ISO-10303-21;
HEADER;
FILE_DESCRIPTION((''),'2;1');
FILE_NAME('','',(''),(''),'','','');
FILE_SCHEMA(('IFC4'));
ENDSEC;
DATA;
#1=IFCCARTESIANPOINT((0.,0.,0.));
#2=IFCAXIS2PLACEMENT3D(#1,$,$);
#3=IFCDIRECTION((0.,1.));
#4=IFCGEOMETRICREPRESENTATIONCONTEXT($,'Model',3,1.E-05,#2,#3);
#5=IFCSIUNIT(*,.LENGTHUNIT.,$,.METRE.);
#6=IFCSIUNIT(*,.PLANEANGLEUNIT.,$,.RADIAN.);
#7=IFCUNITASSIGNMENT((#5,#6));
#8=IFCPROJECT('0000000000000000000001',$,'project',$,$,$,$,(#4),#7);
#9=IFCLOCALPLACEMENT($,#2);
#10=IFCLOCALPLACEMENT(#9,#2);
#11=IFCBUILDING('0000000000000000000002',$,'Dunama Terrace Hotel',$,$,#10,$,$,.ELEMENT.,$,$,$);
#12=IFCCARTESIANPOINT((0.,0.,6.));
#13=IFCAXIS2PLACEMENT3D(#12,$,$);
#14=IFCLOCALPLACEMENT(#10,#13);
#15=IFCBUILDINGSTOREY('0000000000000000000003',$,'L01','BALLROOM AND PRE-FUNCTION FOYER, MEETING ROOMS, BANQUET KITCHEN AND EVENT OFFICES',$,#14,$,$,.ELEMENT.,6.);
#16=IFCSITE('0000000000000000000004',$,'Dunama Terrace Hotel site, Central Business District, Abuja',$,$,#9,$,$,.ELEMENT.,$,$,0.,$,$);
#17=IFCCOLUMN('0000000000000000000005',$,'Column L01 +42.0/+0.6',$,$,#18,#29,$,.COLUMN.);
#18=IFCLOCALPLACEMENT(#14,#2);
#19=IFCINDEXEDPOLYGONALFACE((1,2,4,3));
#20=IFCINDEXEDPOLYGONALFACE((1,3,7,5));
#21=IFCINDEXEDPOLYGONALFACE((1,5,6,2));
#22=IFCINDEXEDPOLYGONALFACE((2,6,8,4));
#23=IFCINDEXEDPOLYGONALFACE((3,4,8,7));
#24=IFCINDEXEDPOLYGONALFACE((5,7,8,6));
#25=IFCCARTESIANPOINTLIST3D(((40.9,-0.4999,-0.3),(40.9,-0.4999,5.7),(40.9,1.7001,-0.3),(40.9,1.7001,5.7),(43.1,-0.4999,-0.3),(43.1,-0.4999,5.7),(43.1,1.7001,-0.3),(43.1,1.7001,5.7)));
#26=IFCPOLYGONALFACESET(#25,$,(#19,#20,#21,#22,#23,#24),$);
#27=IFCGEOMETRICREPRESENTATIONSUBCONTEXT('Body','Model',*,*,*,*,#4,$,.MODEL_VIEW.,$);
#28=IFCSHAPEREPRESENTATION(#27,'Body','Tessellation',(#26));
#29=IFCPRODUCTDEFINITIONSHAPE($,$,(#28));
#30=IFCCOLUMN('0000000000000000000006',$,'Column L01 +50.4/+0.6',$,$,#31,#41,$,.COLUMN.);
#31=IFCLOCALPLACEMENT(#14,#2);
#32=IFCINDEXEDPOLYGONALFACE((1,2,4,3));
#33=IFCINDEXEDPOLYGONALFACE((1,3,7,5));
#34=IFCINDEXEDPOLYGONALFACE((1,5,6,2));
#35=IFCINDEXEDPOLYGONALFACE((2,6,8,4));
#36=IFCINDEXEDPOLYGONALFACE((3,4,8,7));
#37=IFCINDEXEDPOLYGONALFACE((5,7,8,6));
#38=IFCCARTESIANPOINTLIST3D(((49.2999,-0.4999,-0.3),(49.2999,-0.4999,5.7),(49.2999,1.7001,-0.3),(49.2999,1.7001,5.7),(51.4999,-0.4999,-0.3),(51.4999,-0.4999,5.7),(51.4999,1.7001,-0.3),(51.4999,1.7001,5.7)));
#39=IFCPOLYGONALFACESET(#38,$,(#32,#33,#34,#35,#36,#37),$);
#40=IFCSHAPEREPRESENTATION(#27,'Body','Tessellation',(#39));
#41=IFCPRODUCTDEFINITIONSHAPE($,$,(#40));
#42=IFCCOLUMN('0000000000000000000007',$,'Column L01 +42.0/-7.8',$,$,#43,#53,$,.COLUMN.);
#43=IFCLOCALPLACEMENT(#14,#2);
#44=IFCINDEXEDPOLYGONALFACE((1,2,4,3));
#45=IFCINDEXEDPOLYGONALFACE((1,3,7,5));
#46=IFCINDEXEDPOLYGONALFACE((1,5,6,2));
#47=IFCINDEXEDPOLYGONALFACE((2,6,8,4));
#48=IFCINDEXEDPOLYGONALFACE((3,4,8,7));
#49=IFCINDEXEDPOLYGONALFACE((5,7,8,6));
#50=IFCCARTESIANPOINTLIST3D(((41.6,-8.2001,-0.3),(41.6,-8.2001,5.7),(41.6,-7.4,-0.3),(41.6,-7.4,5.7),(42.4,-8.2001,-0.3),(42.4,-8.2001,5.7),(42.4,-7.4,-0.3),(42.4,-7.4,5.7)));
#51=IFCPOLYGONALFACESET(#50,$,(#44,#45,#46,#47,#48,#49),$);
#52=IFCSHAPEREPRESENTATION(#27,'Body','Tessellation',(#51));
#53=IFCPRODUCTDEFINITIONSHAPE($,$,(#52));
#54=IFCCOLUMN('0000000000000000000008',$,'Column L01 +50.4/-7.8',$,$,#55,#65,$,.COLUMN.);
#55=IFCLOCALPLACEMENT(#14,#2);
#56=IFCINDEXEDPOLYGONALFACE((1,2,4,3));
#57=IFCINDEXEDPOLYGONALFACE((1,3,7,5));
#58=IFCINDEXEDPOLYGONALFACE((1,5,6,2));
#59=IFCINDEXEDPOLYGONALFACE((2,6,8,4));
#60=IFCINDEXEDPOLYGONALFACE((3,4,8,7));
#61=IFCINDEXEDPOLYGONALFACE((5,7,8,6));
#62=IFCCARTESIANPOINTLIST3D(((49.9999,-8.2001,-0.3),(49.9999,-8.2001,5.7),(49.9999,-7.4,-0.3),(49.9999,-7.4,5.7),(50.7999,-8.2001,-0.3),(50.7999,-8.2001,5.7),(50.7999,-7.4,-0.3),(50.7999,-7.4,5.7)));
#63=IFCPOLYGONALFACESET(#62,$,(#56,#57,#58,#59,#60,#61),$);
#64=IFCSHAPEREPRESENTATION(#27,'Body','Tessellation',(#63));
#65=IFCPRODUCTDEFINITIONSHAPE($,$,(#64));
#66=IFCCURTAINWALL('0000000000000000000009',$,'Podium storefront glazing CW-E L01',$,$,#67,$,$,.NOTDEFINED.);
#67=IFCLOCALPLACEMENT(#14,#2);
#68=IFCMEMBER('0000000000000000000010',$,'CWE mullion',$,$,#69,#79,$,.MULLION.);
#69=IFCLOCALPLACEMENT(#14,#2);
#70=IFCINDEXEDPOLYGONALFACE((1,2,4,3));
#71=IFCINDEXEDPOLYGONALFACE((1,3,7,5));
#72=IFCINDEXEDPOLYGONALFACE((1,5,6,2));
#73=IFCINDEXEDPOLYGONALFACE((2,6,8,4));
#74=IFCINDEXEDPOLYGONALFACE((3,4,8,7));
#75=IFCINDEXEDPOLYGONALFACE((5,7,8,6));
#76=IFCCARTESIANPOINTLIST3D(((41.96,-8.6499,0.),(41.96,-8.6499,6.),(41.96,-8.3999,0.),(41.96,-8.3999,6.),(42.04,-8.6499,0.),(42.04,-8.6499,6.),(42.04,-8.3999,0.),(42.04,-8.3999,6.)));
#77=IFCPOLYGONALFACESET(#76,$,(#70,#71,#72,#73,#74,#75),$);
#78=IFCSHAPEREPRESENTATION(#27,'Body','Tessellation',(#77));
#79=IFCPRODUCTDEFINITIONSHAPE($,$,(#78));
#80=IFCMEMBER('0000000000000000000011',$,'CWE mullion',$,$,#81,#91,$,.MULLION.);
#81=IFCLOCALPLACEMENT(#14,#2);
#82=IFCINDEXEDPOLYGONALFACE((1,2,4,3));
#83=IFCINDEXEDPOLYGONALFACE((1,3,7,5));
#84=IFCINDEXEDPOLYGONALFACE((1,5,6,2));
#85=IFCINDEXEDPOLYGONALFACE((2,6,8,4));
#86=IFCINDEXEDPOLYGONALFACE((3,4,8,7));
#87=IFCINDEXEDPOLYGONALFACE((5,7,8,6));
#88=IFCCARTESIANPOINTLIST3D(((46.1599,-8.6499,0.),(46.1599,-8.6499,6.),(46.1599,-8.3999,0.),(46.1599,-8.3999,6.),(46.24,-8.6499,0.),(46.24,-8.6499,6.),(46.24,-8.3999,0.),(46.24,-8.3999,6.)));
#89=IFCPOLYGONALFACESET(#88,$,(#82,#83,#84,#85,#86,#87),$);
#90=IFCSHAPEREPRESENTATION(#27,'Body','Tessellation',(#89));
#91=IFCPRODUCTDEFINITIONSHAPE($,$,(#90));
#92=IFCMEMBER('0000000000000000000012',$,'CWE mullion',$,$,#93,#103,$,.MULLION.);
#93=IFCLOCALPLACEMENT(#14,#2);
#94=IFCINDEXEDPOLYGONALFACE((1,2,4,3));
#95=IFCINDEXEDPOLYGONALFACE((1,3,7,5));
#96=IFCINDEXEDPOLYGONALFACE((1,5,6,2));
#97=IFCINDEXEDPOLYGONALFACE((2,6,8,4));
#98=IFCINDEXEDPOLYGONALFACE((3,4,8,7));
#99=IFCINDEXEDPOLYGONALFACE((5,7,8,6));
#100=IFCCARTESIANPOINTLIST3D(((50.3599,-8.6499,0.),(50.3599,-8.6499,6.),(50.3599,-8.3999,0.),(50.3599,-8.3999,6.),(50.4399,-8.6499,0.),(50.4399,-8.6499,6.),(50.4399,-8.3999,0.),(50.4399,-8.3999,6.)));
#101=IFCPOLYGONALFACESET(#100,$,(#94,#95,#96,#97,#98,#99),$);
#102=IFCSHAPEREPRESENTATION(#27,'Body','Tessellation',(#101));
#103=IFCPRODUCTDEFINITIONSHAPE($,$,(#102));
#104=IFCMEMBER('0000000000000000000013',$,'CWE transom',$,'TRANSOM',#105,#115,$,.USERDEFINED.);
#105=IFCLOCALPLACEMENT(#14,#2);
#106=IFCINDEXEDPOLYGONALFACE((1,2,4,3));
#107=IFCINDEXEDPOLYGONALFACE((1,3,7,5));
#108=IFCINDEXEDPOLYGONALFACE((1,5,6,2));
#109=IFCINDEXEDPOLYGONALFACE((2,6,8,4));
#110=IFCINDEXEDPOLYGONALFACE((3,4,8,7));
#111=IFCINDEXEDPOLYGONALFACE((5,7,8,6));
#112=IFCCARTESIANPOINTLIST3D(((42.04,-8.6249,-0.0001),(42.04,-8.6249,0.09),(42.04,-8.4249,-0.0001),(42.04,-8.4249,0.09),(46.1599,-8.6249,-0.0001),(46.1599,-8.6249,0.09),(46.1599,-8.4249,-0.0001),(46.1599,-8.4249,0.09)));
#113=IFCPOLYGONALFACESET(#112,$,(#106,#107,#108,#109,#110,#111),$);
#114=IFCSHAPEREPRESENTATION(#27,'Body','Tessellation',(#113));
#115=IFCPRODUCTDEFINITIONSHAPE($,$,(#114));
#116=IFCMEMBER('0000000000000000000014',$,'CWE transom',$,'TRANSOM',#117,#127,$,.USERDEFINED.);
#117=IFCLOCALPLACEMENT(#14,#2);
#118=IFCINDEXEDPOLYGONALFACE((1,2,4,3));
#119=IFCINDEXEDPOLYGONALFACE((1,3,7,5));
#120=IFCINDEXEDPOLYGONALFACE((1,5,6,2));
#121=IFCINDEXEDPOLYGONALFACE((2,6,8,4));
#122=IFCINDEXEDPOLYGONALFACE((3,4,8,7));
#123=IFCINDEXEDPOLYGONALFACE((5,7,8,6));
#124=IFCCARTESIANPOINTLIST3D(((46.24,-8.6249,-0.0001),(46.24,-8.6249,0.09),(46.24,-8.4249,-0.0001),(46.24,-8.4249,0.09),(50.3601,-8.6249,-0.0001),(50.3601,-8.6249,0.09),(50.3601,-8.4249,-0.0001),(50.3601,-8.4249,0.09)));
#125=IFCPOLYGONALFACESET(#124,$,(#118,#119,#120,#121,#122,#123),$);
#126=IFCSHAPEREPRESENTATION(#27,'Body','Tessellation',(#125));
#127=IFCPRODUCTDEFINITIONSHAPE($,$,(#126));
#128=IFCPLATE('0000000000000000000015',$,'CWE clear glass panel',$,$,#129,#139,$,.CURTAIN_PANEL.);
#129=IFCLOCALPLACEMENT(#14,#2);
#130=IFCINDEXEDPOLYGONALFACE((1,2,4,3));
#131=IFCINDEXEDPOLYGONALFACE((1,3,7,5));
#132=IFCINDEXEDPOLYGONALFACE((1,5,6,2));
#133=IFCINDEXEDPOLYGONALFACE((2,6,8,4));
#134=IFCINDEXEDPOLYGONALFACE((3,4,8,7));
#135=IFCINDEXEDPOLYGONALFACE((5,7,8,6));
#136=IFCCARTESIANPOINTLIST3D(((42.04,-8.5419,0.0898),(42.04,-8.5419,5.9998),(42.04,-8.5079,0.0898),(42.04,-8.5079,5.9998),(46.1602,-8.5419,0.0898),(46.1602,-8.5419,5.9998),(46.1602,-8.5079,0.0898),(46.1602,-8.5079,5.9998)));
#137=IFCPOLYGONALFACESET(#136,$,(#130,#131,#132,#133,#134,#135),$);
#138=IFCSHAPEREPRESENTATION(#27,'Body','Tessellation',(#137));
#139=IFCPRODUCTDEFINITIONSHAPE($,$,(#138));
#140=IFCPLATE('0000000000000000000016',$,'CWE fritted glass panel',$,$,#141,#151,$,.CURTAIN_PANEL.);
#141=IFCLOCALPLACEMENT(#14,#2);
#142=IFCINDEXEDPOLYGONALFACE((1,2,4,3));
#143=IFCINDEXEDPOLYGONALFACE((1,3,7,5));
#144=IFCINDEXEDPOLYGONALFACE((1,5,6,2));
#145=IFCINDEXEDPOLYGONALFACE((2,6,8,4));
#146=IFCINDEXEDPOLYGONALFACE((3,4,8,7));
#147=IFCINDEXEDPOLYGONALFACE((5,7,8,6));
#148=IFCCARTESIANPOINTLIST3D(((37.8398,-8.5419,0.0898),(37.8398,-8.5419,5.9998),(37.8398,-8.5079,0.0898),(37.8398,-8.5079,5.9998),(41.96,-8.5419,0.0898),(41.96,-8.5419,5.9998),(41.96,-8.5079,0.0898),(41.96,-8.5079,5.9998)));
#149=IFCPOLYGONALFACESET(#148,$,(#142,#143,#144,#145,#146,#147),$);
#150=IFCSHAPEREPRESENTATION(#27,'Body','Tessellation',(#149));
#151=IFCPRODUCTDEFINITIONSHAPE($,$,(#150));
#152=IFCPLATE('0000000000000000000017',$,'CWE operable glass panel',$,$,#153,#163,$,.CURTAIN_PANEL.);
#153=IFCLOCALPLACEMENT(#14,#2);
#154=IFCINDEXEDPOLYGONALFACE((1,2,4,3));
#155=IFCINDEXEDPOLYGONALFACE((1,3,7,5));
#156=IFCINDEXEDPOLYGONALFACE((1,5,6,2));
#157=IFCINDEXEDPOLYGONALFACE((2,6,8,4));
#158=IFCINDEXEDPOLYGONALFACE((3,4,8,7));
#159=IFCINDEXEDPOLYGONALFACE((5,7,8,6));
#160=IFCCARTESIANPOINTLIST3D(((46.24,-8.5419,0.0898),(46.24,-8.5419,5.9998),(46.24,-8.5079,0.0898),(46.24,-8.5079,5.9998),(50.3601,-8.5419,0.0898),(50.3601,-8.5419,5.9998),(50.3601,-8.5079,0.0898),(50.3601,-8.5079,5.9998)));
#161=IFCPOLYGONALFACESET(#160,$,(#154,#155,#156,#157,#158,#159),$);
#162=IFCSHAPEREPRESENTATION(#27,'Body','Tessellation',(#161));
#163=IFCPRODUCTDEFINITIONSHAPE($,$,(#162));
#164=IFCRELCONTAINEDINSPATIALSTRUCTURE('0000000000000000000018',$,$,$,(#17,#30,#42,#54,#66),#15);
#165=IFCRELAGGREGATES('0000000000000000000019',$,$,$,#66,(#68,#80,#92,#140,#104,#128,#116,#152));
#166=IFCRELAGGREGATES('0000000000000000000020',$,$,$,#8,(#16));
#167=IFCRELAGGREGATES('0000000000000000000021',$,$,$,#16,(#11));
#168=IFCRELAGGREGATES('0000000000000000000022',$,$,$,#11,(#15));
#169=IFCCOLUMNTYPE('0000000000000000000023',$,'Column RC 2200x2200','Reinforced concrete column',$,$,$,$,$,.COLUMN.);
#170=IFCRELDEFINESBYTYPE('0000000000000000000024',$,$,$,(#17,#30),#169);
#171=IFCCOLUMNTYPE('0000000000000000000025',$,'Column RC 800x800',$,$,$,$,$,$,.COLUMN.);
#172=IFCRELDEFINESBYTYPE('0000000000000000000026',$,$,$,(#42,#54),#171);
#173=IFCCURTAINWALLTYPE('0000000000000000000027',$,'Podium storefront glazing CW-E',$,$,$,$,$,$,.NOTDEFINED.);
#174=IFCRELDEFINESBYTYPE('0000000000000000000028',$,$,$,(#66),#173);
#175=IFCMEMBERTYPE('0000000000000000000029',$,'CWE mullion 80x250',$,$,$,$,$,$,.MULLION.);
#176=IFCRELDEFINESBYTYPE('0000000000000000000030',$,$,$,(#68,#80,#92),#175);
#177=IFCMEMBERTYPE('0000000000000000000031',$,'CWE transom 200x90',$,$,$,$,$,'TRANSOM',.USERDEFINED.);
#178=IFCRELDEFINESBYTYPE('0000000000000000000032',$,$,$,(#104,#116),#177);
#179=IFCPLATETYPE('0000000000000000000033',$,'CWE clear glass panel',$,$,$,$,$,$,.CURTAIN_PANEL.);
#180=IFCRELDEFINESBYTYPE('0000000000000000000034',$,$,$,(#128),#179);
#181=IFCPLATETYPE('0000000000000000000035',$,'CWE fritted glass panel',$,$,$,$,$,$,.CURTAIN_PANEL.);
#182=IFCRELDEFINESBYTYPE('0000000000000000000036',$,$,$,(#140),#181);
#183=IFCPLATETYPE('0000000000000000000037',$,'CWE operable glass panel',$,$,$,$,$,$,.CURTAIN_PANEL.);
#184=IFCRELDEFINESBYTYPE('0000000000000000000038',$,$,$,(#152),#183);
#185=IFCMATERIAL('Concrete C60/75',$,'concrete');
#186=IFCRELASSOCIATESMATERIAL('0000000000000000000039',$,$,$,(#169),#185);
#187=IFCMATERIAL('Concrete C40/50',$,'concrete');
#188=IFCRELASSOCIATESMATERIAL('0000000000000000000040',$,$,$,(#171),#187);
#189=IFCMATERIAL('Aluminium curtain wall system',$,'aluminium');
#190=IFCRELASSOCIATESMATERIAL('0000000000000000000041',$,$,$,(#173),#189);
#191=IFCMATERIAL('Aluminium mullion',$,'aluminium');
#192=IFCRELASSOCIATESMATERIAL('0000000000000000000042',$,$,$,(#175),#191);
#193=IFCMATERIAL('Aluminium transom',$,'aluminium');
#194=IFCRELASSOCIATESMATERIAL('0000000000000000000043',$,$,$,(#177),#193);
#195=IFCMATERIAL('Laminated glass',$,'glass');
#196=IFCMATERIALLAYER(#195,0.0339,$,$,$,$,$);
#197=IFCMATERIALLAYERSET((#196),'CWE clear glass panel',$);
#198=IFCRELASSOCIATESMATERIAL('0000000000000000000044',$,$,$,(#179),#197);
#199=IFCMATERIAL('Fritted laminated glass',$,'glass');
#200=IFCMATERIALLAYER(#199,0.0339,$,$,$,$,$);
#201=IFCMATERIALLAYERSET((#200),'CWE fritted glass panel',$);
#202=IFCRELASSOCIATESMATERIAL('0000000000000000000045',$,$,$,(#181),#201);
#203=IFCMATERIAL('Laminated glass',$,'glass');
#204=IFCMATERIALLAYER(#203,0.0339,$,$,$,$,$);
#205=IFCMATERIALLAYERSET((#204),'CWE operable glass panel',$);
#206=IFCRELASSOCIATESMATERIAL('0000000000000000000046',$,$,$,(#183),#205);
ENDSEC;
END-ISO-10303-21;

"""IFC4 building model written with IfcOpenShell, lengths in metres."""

from ifc_helpers import new_model, si_unit, direction, frame, origin, origin_2d, place, context, subcontext, project, spatial, rectangle, extrude, material, layer, layer_set, material_profile, profile_set, type_object, element, aggregate, save


model = new_model("IFC4")

# Units and contexts
model_context = context("Model", 3, precision=1e-05, world=origin(), true_north=direction((0.0, 1.0)))
body_context = subcontext(model_context, "Body", "Model", "MODEL_VIEW")
ifc_project = project(units=[si_unit("LENGTHUNIT", "METRE"), si_unit("PLANEANGLEUNIT", "RADIAN")], contexts=[model_context])

# Site, building, storey
site_placement = place(None, origin())
site = spatial("IfcSite", under=ifc_project, at=site_placement, Name="Dunama Terrace Hotel site, Central Business District, Abuja", CompositionType="ELEMENT", RefElevation=0.0)
building_placement = place(site_placement, origin())
building = spatial("IfcBuilding", under=site, at=building_placement, Name="Dunama Terrace Hotel", CompositionType="ELEMENT")
storey_placement = place(building_placement, frame((0.0, 0.0, 6.0)))
storey = spatial("IfcBuildingStorey", under=building, at=storey_placement, Name="L01", Description="BALLROOM AND PRE-FUNCTION FOYER, MEETING ROOMS, BANQUET KITCHEN AND EVENT OFFICES", CompositionType="ELEMENT", Elevation=6.0)

# Columns
ifc_material_1 = material(Name="Concrete C60/75", Category="concrete")
ifc_material_profile_1 = material_profile(ifc_material_1, rectangle(XDim=2.2, YDim=2.2, at=origin_2d()), Name="RC 2200x2200")
ifc_profile_set_1 = profile_set([ifc_material_profile_1], Name="Concrete C60/75")
column_type_1 = type_object("IfcColumnType", Name="Column RC 2200x2200", Description="Reinforced concrete column", PredefinedType="COLUMN", material=ifc_profile_set_1)
for number, where, z_axis, x_axis, name in (
    (1, (42.0, 0.6001, -0.3), (0.0, 0.0, 1.0), (1.0, 0.0, 0.0), "Column L01 +42.0/+0.6"),
    (2, (50.3999, 0.6001, -0.3), (0.0, 0.0, 1.0), (1.0, 0.0, 0.0), "Column L01 +50.4/+0.6"),
):
    element("IfcColumn", number, at=place(storey_placement, frame(where, z_axis=z_axis, x_axis=x_axis)), inside=storey, type_object=column_type_1, Name=name, PredefinedType="COLUMN", context=body_context, shape_type="SweptSolid", body=[
        extrude(rectangle(XDim=2.2, YDim=2.2, at=origin_2d()), origin(), (0.0, 0.0, 1.0), 6.0),
    ])
ifc_material_2 = material(Name="Concrete C40/50", Category="concrete")
ifc_material_profile_2 = material_profile(ifc_material_2, rectangle(XDim=0.8, YDim=0.8, at=origin_2d()), Name="RC 800x800")
ifc_profile_set_2 = profile_set([ifc_material_profile_2], Name="Concrete C40/50")
column_type_2 = type_object("IfcColumnType", Name="Column RC 800x800", PredefinedType="COLUMN", material=ifc_profile_set_2)
for number, where, z_axis, x_axis, name in (
    (3, (42.0, -7.8, -0.3), (0.0, 0.0, 1.0), (1.0, 0.0, 0.0), "Column L01 +42.0/-7.8"),
    (4, (50.3999, -7.8, -0.3), (0.0, 0.0, 1.0), (1.0, 0.0, 0.0), "Column L01 +50.4/-7.8"),
):
    element("IfcColumn", number, at=place(storey_placement, frame(where, z_axis=z_axis, x_axis=x_axis)), inside=storey, type_object=column_type_2, Name=name, PredefinedType="COLUMN", context=body_context, shape_type="SweptSolid", body=[
        extrude(rectangle(XDim=0.8, YDim=0.8, at=origin_2d()), origin(), (0.0, 0.0, 1.0), 6.0),
    ])

# Curtain wall, members, plates
ifc_material_3 = material(Name="Aluminium curtain wall system", Category="aluminium")
curtain_wall_type = type_object("IfcCurtainWallType", Name="Podium storefront glazing CW-E", PredefinedType="NOTDEFINED", material=ifc_material_3)
curtain_wall_placement = place(storey_placement, origin())
curtain_wall = element("IfcCurtainWall", 5, at=curtain_wall_placement, inside=storey, type_object=curtain_wall_type, Name="Podium storefront glazing CW-E L01", PredefinedType="NOTDEFINED")
ifc_material_4 = material(Name="Aluminium mullion", Category="aluminium")
ifc_material_profile_3 = material_profile(ifc_material_4, rectangle(XDim=0.0801, YDim=0.25, at=origin_2d()), Name="CWE MULLION 80X250")
ifc_profile_set_3 = profile_set([ifc_material_profile_3], Name="Aluminium mullion")
member_type_1 = type_object("IfcMemberType", Name="CWE mullion 80x250", PredefinedType="MULLION", material=ifc_profile_set_3)
member_1_placement = place(storey_placement, frame((42.0, -8.5249, 0.0), z_axis=(0.0, 0.0, 1.0), x_axis=(1.0, 0.0, 0.0)))
member_1 = element("IfcMember", 6, at=member_1_placement, type_object=member_type_1, Name="CWE mullion", PredefinedType="MULLION", context=body_context, shape_type="SweptSolid", body=[
    extrude(rectangle(XDim=0.0801, YDim=0.25, at=origin_2d()), origin(), (0.0, 0.0, 1.0), 6.0),
])
member_2_placement = place(storey_placement, frame((46.2, -8.5249, 0.0), z_axis=(0.0, 0.0, 1.0), x_axis=(1.0, 0.0, 0.0)))
member_2 = element("IfcMember", 7, at=member_2_placement, type_object=member_type_1, Name="CWE mullion", PredefinedType="MULLION", context=body_context, shape_type="SweptSolid", body=[
    extrude(rectangle(XDim=0.0801, YDim=0.25, at=origin_2d()), origin(), (0.0, 0.0, 1.0), 6.0),
])
member_3_placement = place(storey_placement, frame((50.3999, -8.5249, 0.0), z_axis=(0.0, 0.0, 1.0), x_axis=(1.0, 0.0, 0.0)))
member_3 = element("IfcMember", 8, at=member_3_placement, type_object=member_type_1, Name="CWE mullion", PredefinedType="MULLION", context=body_context, shape_type="SweptSolid", body=[
    extrude(rectangle(XDim=0.0801, YDim=0.25, at=origin_2d()), origin(), (0.0, 0.0, 1.0), 6.0),
])
ifc_material_5 = material(Name="Aluminium transom", Category="aluminium")
ifc_material_profile_4 = material_profile(ifc_material_5, rectangle(XDim=0.2, YDim=0.0901, at=origin_2d()), Name="CWE TRANSOM 200X90")
ifc_profile_set_4 = profile_set([ifc_material_profile_4], Name="Aluminium transom")
member_type_2 = type_object("IfcMemberType", Name="CWE transom 200x90", ElementType="TRANSOM", PredefinedType="USERDEFINED", material=ifc_profile_set_4)
member_4_placement = place(storey_placement, frame((42.04, -8.5249, 0.0449), z_axis=(1.0, 0.0, 0.0), x_axis=(0.0, 1.0, 0.0)))
member_4 = element("IfcMember", 9, at=member_4_placement, type_object=member_type_2, Name="CWE transom", ObjectType="TRANSOM", PredefinedType="USERDEFINED", context=body_context, shape_type="SweptSolid", body=[
    extrude(rectangle(XDim=0.2, YDim=0.0901, at=origin_2d()), origin(), (0.0, 0.0, 1.0), 4.1199),
])
member_5_placement = place(storey_placement, frame((46.24, -8.5249, 0.0449), z_axis=(1.0, 0.0, 0.0), x_axis=(0.0, 1.0, 0.0)))
member_5 = element("IfcMember", 10, at=member_5_placement, type_object=member_type_2, Name="CWE transom", ObjectType="TRANSOM", PredefinedType="USERDEFINED", context=body_context, shape_type="SweptSolid", body=[
    extrude(rectangle(XDim=0.2, YDim=0.0901, at=origin_2d()), origin(), (0.0, 0.0, 1.0), 4.1201),
])
ifc_material_6 = material(Name="Laminated glass", Category="glass")
ifc_layer_1 = layer(ifc_material_6, 0.0339)
ifc_layer_set_1 = layer_set([ifc_layer_1], Name="CWE clear glass panel")
plate_type_1 = type_object("IfcPlateType", Name="CWE clear glass panel", PredefinedType="CURTAIN_PANEL", material=ifc_layer_set_1)
plate_1_placement = place(storey_placement, frame((44.1001, -8.5249, 0.0898), z_axis=(0.0, 0.0, 1.0), x_axis=(1.0, 0.0, 0.0)))
plate_1 = element("IfcPlate", 11, at=plate_1_placement, type_object=plate_type_1, Name="CWE clear glass panel", PredefinedType="CURTAIN_PANEL", context=body_context, shape_type="SweptSolid", body=[
    extrude(rectangle(XDim=4.1201, YDim=0.0339, at=origin_2d()), origin(), (0.0, 0.0, 1.0), 5.9099),
])
ifc_material_7 = material(Name="Fritted laminated glass", Category="glass")
ifc_layer_2 = layer(ifc_material_7, 0.0339)
ifc_layer_set_2 = layer_set([ifc_layer_2], Name="CWE fritted glass panel")
plate_type_2 = type_object("IfcPlateType", Name="CWE fritted glass panel", PredefinedType="CURTAIN_PANEL", material=ifc_layer_set_2)
plate_2_placement = place(storey_placement, frame((39.8999, -8.5249, 0.0898), z_axis=(0.0, 0.0, 1.0), x_axis=(1.0, 0.0, 0.0)))
plate_2 = element("IfcPlate", 12, at=plate_2_placement, type_object=plate_type_2, Name="CWE fritted glass panel", PredefinedType="CURTAIN_PANEL", context=body_context, shape_type="SweptSolid", body=[
    extrude(rectangle(XDim=4.1201, YDim=0.0339, at=origin_2d()), origin(), (0.0, 0.0, 1.0), 5.9099),
])
ifc_material_8 = material(Name="Laminated glass", Category="glass")
ifc_layer_3 = layer(ifc_material_8, 0.0339)
ifc_layer_set_3 = layer_set([ifc_layer_3], Name="CWE operable glass panel")
plate_type_3 = type_object("IfcPlateType", Name="CWE operable glass panel", PredefinedType="CURTAIN_PANEL", material=ifc_layer_set_3)
plate_3_placement = place(storey_placement, frame((48.3, -8.5249, 0.0898), z_axis=(0.0, 0.0, 1.0), x_axis=(1.0, 0.0, 0.0)))
plate_3 = element("IfcPlate", 13, at=plate_3_placement, type_object=plate_type_3, Name="CWE operable glass panel", PredefinedType="CURTAIN_PANEL", context=body_context, shape_type="SweptSolid", body=[
    extrude(rectangle(XDim=4.1201, YDim=0.0339, at=origin_2d()), origin(), (0.0, 0.0, 1.0), 5.9099),
])
aggregate(curtain_wall, [member_1, member_2, member_3, plate_2, member_4, plate_1, member_5, plate_3])

save(model, "model.ifc")
